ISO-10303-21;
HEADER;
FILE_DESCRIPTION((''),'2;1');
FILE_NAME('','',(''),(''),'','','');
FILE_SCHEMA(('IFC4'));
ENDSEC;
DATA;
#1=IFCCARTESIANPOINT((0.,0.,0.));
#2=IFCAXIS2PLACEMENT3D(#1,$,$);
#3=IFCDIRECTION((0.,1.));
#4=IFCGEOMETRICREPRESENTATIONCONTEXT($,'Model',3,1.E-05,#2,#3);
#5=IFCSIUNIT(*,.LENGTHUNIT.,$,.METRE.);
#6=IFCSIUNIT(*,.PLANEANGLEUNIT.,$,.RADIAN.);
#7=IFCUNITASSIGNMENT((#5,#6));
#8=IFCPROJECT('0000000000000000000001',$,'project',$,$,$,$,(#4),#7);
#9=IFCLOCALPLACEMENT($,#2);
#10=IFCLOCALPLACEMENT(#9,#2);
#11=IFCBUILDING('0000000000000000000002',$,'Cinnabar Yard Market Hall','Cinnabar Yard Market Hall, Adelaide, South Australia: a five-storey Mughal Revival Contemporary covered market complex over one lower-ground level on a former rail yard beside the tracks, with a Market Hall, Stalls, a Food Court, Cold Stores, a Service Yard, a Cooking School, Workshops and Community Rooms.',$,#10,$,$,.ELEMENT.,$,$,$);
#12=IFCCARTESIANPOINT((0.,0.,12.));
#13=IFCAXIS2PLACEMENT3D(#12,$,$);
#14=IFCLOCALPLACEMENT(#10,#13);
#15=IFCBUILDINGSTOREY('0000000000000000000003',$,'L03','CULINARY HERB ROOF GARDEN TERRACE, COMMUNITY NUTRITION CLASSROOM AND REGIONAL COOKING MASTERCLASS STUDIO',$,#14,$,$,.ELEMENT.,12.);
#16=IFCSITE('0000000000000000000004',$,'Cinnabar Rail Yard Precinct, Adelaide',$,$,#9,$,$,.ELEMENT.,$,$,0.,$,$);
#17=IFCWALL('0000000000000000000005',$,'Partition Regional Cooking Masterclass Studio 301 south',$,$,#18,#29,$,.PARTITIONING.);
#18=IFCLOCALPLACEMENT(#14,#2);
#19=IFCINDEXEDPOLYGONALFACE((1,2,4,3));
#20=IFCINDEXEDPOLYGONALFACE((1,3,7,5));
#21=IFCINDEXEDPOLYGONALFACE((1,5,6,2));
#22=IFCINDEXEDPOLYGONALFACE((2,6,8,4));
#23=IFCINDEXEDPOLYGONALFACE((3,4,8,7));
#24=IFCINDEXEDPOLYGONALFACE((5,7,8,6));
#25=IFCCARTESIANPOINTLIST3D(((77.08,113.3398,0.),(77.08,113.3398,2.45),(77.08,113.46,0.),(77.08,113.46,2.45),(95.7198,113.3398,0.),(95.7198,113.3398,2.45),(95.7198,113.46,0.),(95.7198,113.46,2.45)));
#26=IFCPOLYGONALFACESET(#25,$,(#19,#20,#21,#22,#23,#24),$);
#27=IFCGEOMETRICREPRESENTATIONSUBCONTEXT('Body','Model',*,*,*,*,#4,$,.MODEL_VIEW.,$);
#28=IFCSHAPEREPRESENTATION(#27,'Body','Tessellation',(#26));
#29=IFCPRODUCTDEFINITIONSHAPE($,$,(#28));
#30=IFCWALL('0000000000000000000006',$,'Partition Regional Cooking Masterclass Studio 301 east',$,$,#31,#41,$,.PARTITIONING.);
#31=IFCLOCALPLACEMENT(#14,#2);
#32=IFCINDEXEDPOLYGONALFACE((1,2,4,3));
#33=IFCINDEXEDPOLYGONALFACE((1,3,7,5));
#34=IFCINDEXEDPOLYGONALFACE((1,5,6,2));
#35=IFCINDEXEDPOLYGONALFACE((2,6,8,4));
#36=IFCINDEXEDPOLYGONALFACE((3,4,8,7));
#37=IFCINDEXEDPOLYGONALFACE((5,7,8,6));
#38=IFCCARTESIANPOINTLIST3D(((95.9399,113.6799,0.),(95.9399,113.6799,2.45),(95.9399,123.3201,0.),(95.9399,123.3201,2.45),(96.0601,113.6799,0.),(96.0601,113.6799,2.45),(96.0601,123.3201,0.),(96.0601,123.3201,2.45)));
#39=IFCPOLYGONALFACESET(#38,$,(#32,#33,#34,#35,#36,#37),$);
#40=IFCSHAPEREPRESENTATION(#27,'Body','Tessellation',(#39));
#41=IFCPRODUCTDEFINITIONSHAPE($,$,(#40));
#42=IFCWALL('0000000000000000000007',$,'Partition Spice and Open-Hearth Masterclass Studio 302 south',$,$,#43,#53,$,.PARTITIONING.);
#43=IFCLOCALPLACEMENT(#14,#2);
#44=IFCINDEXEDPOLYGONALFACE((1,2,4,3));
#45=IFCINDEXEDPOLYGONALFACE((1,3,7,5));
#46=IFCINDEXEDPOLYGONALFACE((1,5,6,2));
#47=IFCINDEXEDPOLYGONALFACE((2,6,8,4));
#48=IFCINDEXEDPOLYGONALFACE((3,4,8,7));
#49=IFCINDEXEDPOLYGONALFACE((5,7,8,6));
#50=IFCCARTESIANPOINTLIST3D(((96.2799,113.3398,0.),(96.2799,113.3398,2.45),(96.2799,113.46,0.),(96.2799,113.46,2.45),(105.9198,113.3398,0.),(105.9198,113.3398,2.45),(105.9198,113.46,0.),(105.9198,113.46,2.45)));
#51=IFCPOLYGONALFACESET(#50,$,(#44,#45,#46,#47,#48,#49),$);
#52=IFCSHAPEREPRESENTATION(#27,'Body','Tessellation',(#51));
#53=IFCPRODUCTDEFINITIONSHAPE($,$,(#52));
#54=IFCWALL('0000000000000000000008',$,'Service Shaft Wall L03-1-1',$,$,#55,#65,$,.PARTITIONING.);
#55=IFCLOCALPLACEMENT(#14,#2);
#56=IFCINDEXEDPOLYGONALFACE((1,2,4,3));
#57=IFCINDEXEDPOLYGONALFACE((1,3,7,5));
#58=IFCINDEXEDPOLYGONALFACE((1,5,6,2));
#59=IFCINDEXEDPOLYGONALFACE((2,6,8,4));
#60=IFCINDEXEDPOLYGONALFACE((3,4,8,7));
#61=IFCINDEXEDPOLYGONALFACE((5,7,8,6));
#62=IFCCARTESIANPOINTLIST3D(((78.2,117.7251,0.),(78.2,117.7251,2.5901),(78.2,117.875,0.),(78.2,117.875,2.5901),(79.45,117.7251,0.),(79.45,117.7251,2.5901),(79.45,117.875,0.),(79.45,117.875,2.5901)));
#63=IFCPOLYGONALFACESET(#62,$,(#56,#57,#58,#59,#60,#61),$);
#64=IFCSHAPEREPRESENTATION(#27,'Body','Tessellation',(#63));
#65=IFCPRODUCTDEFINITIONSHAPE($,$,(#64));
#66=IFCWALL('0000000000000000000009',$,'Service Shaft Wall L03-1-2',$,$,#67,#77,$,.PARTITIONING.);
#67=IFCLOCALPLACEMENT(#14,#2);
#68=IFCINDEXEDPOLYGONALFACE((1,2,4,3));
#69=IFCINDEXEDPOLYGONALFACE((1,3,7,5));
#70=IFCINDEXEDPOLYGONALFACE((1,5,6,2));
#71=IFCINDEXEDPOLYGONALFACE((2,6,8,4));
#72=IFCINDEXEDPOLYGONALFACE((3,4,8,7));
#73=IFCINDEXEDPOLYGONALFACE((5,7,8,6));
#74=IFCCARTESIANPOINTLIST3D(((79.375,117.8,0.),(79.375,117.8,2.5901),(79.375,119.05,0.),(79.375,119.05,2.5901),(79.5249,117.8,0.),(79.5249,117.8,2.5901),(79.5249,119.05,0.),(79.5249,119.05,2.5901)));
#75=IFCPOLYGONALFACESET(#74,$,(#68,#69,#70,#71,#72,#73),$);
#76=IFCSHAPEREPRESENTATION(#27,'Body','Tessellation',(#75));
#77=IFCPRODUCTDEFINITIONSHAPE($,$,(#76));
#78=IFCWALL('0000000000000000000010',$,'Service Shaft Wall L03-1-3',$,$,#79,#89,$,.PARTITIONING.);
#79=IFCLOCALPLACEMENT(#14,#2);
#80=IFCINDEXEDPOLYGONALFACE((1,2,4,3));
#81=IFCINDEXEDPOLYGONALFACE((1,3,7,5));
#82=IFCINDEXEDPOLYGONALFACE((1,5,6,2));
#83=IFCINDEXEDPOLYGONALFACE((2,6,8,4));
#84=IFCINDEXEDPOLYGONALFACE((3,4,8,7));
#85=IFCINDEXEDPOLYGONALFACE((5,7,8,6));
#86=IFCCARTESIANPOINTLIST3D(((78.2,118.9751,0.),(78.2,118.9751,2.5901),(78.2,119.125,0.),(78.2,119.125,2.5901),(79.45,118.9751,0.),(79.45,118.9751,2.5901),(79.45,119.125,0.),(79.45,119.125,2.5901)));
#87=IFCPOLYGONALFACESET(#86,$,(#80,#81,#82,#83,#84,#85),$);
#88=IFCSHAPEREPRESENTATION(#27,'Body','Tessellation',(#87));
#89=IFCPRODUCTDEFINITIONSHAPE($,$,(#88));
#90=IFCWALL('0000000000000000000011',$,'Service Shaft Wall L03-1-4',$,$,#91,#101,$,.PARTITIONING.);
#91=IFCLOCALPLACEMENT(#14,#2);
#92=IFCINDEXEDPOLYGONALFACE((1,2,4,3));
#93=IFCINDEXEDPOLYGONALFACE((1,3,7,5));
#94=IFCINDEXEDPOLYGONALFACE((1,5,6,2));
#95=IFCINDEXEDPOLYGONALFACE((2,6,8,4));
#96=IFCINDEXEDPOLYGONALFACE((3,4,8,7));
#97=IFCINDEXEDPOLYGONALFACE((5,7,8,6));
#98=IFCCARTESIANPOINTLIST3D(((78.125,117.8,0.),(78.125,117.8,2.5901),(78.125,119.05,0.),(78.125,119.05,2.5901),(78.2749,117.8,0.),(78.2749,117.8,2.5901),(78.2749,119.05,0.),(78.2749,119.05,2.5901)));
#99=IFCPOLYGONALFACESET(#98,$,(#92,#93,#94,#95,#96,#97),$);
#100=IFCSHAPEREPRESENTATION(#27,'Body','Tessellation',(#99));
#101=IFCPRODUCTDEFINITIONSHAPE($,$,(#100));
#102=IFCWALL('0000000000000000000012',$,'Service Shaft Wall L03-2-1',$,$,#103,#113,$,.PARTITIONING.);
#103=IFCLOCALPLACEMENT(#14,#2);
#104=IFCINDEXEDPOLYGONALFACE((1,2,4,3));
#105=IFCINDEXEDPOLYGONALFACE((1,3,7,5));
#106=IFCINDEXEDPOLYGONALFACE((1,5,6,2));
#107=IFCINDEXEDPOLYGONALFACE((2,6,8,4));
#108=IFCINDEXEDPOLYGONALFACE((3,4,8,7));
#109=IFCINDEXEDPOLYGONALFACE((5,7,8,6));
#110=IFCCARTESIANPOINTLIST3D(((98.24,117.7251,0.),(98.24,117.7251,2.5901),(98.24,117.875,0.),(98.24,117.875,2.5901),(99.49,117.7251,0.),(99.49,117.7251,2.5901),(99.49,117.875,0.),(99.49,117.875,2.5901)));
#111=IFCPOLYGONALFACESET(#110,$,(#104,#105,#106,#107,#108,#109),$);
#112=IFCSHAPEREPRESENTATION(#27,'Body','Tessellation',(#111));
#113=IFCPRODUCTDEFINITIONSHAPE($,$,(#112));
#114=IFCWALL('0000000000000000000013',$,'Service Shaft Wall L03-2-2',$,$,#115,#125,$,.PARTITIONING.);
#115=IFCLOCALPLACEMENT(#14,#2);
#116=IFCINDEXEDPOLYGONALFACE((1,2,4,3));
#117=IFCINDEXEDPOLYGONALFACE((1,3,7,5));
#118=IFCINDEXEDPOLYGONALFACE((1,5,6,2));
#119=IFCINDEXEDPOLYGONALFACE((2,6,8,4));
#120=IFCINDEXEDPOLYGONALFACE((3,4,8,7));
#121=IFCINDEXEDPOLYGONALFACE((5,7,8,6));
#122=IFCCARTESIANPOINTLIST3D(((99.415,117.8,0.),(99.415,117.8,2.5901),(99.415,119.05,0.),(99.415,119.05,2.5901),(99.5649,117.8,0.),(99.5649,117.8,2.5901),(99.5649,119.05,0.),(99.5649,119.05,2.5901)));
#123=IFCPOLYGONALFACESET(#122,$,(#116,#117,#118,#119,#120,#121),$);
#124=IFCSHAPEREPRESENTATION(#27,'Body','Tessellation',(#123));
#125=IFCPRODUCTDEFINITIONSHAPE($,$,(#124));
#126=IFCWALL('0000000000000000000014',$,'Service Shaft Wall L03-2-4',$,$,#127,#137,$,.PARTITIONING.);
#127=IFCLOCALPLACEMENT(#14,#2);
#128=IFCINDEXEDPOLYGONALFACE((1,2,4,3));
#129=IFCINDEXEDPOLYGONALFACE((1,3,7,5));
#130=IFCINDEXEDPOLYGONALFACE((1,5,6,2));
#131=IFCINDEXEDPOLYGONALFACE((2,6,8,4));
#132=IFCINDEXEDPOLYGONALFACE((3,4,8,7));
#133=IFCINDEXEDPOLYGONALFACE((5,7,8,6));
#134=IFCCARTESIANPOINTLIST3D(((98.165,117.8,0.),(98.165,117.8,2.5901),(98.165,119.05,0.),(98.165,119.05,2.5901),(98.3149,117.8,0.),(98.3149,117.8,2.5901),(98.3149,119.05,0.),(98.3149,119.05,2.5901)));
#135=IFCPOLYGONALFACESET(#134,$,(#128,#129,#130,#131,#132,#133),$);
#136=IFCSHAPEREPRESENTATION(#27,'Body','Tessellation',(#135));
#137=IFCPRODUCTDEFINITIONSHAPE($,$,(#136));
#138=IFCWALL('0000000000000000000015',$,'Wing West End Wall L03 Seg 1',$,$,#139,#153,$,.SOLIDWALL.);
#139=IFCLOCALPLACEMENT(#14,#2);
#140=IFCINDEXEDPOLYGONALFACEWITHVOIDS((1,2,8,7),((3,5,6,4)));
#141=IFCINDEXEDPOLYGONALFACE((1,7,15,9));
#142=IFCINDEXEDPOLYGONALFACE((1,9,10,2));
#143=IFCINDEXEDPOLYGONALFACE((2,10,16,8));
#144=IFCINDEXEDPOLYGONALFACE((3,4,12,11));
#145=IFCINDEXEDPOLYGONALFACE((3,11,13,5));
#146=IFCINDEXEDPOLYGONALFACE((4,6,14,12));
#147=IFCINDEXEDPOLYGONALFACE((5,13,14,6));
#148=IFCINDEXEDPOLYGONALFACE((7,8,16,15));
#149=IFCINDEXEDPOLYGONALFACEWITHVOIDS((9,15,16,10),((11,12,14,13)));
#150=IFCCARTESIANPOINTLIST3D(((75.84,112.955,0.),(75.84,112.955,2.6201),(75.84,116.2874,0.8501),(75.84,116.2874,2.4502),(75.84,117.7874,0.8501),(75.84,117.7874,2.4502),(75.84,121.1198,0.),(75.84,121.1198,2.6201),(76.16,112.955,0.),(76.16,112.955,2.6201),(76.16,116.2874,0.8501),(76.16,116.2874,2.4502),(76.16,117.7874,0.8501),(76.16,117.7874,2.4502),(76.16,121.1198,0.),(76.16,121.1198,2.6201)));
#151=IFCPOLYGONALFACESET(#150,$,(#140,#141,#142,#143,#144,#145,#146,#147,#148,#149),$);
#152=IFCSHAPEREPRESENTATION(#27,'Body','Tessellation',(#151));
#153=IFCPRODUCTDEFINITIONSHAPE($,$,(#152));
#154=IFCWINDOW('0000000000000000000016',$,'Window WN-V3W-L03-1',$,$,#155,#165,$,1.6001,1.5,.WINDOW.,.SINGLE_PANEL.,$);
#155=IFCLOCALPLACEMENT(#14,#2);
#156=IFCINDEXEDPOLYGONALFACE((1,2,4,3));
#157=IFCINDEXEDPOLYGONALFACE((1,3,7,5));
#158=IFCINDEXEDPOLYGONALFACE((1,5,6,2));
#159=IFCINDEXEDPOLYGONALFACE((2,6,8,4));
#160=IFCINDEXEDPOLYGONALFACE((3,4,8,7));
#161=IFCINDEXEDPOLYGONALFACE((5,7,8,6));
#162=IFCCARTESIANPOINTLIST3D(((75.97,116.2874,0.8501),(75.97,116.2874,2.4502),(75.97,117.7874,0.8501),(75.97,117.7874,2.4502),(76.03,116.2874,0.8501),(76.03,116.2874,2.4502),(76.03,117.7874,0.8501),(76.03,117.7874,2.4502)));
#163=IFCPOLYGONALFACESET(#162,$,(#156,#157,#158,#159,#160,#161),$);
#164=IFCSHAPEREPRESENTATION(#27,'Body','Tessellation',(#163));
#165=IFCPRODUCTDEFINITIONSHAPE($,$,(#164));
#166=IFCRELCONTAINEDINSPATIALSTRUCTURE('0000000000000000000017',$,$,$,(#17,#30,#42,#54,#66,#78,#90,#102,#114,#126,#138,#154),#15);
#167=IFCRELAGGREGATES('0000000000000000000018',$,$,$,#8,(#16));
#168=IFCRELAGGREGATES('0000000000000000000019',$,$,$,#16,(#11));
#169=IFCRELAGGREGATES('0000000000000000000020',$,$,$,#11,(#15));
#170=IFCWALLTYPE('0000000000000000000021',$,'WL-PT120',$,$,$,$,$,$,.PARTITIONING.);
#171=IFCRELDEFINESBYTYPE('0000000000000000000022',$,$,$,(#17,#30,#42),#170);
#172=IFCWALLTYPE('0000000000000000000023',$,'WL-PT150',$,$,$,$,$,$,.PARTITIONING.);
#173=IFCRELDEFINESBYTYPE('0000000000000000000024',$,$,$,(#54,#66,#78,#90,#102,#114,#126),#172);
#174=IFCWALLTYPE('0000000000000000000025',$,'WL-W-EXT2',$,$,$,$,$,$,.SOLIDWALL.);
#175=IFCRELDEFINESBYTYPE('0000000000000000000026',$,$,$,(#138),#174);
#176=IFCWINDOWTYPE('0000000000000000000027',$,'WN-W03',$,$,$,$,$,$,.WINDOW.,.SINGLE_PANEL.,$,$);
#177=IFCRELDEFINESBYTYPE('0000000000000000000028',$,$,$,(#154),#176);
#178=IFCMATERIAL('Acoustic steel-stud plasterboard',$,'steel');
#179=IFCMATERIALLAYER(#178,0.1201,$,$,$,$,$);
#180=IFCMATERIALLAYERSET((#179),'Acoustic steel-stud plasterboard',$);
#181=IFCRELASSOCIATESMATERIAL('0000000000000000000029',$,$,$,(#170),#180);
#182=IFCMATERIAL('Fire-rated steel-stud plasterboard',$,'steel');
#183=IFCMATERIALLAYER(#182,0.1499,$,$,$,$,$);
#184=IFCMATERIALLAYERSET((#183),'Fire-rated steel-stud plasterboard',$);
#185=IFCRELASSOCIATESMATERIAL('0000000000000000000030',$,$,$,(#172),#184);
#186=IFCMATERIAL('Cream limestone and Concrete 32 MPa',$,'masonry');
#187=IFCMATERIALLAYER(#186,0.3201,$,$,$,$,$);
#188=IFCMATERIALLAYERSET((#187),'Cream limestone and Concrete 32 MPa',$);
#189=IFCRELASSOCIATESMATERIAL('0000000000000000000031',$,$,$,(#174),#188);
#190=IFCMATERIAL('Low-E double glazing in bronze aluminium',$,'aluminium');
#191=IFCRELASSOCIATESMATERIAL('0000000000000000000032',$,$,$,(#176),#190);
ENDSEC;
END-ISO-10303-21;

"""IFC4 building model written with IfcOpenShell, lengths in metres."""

from ifc_helpers import new_model, si_unit, direction, frame, frame_2d, origin, place, context, subcontext, project, spatial, rectangle, extrude, material, layer, layer_set, type_object, element, fill, save


model = new_model("IFC4")

# Units and contexts
model_context = context("Model", 3, precision=1e-05, world=origin(), true_north=direction((0.0, 1.0)))
body_context = subcontext(model_context, "Body", "Model", "MODEL_VIEW")
ifc_project = project(units=[si_unit("LENGTHUNIT", "METRE"), si_unit("PLANEANGLEUNIT", "RADIAN")], contexts=[model_context])

# Site, building, storey
site_placement = place(None, origin())
site = spatial("IfcSite", under=ifc_project, at=site_placement, Name="Cinnabar Rail Yard Precinct, Adelaide", CompositionType="ELEMENT", RefElevation=0.0)
building_placement = place(site_placement, origin())
building = spatial("IfcBuilding", under=site, at=building_placement, Name="Cinnabar Yard Market Hall", Description="Cinnabar Yard Market Hall, Adelaide, South Australia: a five-storey Mughal Revival Contemporary covered market complex over one lower-ground level on a former rail yard beside the tracks, with a Market Hall, Stalls, a Food Court, Cold Stores, a Service Yard, a Cooking School, Workshops and Community Rooms.", CompositionType="ELEMENT")
storey_placement = place(building_placement, frame((0.0, 0.0, 12.0)))
storey = spatial("IfcBuildingStorey", under=building, at=storey_placement, Name="L03", Description="CULINARY HERB ROOF GARDEN TERRACE, COMMUNITY NUTRITION CLASSROOM AND REGIONAL COOKING MASTERCLASS STUDIO", CompositionType="ELEMENT", Elevation=12.0)

# Walls
ifc_material_1 = material(Name="Acoustic steel-stud plasterboard", Category="steel")
ifc_layer_1 = layer(ifc_material_1, 0.1201)
ifc_layer_set_1 = layer_set([ifc_layer_1], Name="Acoustic steel-stud plasterboard")
wall_type_1 = type_object("IfcWallType", Name="WL-PT120", PredefinedType="PARTITIONING", material=ifc_layer_set_1)
wall_1_placement = place(storey_placement, frame((77.0801, 113.3999, 0.0), z_axis=(0.0, 0.0, 1.0), x_axis=(1.0, 0.0, 0.0)))
element("IfcWall", 1, at=wall_1_placement, inside=storey, type_object=wall_type_1, Name="Partition Regional Cooking Masterclass Studio 301 south", PredefinedType="PARTITIONING", context=body_context, shape_type="SweptSolid", body=[
    extrude(rectangle(XDim=18.6399, YDim=0.1201, at=frame_2d((9.3198, 0.0), x_axis=(1.0, 0.0))), origin(), (0.0, 0.0, 1.0), 2.45),
])
wall_2_placement = place(storey_placement, frame((96.0, 113.6799, 0.0), z_axis=(0.0, 0.0, 1.0), x_axis=(0.0, 1.0, 0.0)))
element("IfcWall", 2, at=wall_2_placement, inside=storey, type_object=wall_type_1, Name="Partition Regional Cooking Masterclass Studio 301 east", PredefinedType="PARTITIONING", context=body_context, shape_type="SweptSolid", body=[
    extrude(rectangle(XDim=9.6401, YDim=0.1201, at=frame_2d((4.8201, 0.0), x_axis=(1.0, 0.0))), origin(), (0.0, 0.0, 1.0), 2.45),
])
wall_3_placement = place(storey_placement, frame((96.28, 113.3999, 0.0), z_axis=(0.0, 0.0, 1.0), x_axis=(1.0, 0.0, 0.0)))
element("IfcWall", 3, at=wall_3_placement, inside=storey, type_object=wall_type_1, Name="Partition Spice and Open-Hearth Masterclass Studio 302 south", PredefinedType="PARTITIONING", context=body_context, shape_type="SweptSolid", body=[
    extrude(rectangle(XDim=9.6399, YDim=0.1201, at=frame_2d((4.8198, 0.0), x_axis=(1.0, 0.0))), origin(), (0.0, 0.0, 1.0), 2.45),
])
ifc_material_2 = material(Name="Fire-rated steel-stud plasterboard", Category="steel")
ifc_layer_2 = layer(ifc_material_2, 0.1499)
ifc_layer_set_2 = layer_set([ifc_layer_2], Name="Fire-rated steel-stud plasterboard")
wall_type_2 = type_object("IfcWallType", Name="WL-PT150", PredefinedType="PARTITIONING", material=ifc_layer_set_2)
for number, where, z_axis, x_axis, name in (
    (4, (78.2, 117.8, 0.0), (0.0, 0.0, 1.0), (1.0, 0.0, 0.0), "Service Shaft Wall L03-1-1"),
    (5, (79.45, 117.8, 0.0), (0.0, 0.0, 1.0), (0.0, 1.0, 0.0), "Service Shaft Wall L03-1-2"),
    (6, (79.45, 119.05, 0.0), (0.0, 0.0, 1.0), (-1.0, 0.0, 0.0), "Service Shaft Wall L03-1-3"),
    (7, (78.2, 119.05, 0.0), (0.0, 0.0, 1.0), (0.0, -1.0, 0.0), "Service Shaft Wall L03-1-4"),
    (8, (98.24, 117.8, 0.0), (0.0, 0.0, 1.0), (1.0, 0.0, 0.0), "Service Shaft Wall L03-2-1"),
    (9, (99.49, 117.8, 0.0), (0.0, 0.0, 1.0), (0.0, 1.0, 0.0), "Service Shaft Wall L03-2-2"),
    (10, (98.24, 119.05, 0.0), (0.0, 0.0, 1.0), (0.0, -1.0, 0.0), "Service Shaft Wall L03-2-4"),
):
    element("IfcWall", number, at=place(storey_placement, frame(where, z_axis=z_axis, x_axis=x_axis)), inside=storey, type_object=wall_type_2, Name=name, PredefinedType="PARTITIONING", context=body_context, shape_type="SweptSolid", body=[
        extrude(rectangle(XDim=1.25, YDim=0.1499, at=frame_2d((0.625, 0.0), x_axis=(1.0, 0.0))), origin(), (0.0, 0.0, 1.0), 2.5901),
    ])

# Wall, opening, window
ifc_material_3 = material(Name="Cream limestone and Concrete 32 MPa", Category="masonry")
ifc_layer_3 = layer(ifc_material_3, 0.3201)
ifc_layer_set_3 = layer_set([ifc_layer_3], Name="Cream limestone and Concrete 32 MPa")
wall_type_3 = type_object("IfcWallType", Name="WL-W-EXT2", PredefinedType="SOLIDWALL", material=ifc_layer_set_3)
wall_4_placement = place(storey_placement, frame((76.0, 121.1199, 0.0), z_axis=(0.0, 0.0, 1.0), x_axis=(0.0, -1.0, 0.0)))
wall_4 = element("IfcWall", 11, at=wall_4_placement, inside=storey, type_object=wall_type_3, Name="Wing West End Wall L03 Seg 1", PredefinedType="SOLIDWALL", context=body_context, shape_type="SweptSolid", body=[
    extrude(rectangle(XDim=8.1648, YDim=0.3201, at=frame_2d((4.0825, 0.0), x_axis=(1.0, 0.0))), origin(), (0.0, 0.0, 1.0), 2.6201),
])
opening_placement = place(wall_4_placement, frame((3.3325, 0.0, 0.8501)))
opening = element("IfcOpeningElement", 12, at=opening_placement, cuts=wall_4, PredefinedType="OPENING", context=body_context, shape_type="SweptSolid", body=[
    extrude(rectangle(XDim=1.5, YDim=1.6001, at=frame_2d((0.75, 0.8), x_axis=(1.0, 0.0))), frame((0.0, 0.1699, 0.0), z_axis=(0.0, -1.0, 0.0), x_axis=(1.0, 0.0, 0.0)), (0.0, 0.0, 1.0), 0.3401),
])
ifc_material_4 = material(Name="Low-E double glazing in bronze aluminium", Category="aluminium")
window_type = type_object("IfcWindowType", Name="WN-W03", PartitioningType="SINGLE_PANEL", PredefinedType="WINDOW", material=ifc_material_4)
window_placement = place(opening_placement, origin())
window = element("IfcWindow", 13, at=window_placement, inside=storey, type_object=window_type, Name="Window WN-V3W-L03-1", OverallHeight=1.6001, OverallWidth=1.5, PartitioningType="SINGLE_PANEL", PredefinedType="WINDOW", context=body_context, shape_type="SweptSolid", body=[
    extrude(rectangle(XDim=1.5, YDim=1.6001, at=frame_2d((0.75, 0.8), x_axis=(1.0, 0.0))), frame((0.0, 0.03, 0.0), z_axis=(0.0, -1.0, 0.0), x_axis=(1.0, 0.0, 0.0)), (0.0, 0.0, 1.0), 0.0601),
])
fill(opening, window)

save(model, "model.ifc")
